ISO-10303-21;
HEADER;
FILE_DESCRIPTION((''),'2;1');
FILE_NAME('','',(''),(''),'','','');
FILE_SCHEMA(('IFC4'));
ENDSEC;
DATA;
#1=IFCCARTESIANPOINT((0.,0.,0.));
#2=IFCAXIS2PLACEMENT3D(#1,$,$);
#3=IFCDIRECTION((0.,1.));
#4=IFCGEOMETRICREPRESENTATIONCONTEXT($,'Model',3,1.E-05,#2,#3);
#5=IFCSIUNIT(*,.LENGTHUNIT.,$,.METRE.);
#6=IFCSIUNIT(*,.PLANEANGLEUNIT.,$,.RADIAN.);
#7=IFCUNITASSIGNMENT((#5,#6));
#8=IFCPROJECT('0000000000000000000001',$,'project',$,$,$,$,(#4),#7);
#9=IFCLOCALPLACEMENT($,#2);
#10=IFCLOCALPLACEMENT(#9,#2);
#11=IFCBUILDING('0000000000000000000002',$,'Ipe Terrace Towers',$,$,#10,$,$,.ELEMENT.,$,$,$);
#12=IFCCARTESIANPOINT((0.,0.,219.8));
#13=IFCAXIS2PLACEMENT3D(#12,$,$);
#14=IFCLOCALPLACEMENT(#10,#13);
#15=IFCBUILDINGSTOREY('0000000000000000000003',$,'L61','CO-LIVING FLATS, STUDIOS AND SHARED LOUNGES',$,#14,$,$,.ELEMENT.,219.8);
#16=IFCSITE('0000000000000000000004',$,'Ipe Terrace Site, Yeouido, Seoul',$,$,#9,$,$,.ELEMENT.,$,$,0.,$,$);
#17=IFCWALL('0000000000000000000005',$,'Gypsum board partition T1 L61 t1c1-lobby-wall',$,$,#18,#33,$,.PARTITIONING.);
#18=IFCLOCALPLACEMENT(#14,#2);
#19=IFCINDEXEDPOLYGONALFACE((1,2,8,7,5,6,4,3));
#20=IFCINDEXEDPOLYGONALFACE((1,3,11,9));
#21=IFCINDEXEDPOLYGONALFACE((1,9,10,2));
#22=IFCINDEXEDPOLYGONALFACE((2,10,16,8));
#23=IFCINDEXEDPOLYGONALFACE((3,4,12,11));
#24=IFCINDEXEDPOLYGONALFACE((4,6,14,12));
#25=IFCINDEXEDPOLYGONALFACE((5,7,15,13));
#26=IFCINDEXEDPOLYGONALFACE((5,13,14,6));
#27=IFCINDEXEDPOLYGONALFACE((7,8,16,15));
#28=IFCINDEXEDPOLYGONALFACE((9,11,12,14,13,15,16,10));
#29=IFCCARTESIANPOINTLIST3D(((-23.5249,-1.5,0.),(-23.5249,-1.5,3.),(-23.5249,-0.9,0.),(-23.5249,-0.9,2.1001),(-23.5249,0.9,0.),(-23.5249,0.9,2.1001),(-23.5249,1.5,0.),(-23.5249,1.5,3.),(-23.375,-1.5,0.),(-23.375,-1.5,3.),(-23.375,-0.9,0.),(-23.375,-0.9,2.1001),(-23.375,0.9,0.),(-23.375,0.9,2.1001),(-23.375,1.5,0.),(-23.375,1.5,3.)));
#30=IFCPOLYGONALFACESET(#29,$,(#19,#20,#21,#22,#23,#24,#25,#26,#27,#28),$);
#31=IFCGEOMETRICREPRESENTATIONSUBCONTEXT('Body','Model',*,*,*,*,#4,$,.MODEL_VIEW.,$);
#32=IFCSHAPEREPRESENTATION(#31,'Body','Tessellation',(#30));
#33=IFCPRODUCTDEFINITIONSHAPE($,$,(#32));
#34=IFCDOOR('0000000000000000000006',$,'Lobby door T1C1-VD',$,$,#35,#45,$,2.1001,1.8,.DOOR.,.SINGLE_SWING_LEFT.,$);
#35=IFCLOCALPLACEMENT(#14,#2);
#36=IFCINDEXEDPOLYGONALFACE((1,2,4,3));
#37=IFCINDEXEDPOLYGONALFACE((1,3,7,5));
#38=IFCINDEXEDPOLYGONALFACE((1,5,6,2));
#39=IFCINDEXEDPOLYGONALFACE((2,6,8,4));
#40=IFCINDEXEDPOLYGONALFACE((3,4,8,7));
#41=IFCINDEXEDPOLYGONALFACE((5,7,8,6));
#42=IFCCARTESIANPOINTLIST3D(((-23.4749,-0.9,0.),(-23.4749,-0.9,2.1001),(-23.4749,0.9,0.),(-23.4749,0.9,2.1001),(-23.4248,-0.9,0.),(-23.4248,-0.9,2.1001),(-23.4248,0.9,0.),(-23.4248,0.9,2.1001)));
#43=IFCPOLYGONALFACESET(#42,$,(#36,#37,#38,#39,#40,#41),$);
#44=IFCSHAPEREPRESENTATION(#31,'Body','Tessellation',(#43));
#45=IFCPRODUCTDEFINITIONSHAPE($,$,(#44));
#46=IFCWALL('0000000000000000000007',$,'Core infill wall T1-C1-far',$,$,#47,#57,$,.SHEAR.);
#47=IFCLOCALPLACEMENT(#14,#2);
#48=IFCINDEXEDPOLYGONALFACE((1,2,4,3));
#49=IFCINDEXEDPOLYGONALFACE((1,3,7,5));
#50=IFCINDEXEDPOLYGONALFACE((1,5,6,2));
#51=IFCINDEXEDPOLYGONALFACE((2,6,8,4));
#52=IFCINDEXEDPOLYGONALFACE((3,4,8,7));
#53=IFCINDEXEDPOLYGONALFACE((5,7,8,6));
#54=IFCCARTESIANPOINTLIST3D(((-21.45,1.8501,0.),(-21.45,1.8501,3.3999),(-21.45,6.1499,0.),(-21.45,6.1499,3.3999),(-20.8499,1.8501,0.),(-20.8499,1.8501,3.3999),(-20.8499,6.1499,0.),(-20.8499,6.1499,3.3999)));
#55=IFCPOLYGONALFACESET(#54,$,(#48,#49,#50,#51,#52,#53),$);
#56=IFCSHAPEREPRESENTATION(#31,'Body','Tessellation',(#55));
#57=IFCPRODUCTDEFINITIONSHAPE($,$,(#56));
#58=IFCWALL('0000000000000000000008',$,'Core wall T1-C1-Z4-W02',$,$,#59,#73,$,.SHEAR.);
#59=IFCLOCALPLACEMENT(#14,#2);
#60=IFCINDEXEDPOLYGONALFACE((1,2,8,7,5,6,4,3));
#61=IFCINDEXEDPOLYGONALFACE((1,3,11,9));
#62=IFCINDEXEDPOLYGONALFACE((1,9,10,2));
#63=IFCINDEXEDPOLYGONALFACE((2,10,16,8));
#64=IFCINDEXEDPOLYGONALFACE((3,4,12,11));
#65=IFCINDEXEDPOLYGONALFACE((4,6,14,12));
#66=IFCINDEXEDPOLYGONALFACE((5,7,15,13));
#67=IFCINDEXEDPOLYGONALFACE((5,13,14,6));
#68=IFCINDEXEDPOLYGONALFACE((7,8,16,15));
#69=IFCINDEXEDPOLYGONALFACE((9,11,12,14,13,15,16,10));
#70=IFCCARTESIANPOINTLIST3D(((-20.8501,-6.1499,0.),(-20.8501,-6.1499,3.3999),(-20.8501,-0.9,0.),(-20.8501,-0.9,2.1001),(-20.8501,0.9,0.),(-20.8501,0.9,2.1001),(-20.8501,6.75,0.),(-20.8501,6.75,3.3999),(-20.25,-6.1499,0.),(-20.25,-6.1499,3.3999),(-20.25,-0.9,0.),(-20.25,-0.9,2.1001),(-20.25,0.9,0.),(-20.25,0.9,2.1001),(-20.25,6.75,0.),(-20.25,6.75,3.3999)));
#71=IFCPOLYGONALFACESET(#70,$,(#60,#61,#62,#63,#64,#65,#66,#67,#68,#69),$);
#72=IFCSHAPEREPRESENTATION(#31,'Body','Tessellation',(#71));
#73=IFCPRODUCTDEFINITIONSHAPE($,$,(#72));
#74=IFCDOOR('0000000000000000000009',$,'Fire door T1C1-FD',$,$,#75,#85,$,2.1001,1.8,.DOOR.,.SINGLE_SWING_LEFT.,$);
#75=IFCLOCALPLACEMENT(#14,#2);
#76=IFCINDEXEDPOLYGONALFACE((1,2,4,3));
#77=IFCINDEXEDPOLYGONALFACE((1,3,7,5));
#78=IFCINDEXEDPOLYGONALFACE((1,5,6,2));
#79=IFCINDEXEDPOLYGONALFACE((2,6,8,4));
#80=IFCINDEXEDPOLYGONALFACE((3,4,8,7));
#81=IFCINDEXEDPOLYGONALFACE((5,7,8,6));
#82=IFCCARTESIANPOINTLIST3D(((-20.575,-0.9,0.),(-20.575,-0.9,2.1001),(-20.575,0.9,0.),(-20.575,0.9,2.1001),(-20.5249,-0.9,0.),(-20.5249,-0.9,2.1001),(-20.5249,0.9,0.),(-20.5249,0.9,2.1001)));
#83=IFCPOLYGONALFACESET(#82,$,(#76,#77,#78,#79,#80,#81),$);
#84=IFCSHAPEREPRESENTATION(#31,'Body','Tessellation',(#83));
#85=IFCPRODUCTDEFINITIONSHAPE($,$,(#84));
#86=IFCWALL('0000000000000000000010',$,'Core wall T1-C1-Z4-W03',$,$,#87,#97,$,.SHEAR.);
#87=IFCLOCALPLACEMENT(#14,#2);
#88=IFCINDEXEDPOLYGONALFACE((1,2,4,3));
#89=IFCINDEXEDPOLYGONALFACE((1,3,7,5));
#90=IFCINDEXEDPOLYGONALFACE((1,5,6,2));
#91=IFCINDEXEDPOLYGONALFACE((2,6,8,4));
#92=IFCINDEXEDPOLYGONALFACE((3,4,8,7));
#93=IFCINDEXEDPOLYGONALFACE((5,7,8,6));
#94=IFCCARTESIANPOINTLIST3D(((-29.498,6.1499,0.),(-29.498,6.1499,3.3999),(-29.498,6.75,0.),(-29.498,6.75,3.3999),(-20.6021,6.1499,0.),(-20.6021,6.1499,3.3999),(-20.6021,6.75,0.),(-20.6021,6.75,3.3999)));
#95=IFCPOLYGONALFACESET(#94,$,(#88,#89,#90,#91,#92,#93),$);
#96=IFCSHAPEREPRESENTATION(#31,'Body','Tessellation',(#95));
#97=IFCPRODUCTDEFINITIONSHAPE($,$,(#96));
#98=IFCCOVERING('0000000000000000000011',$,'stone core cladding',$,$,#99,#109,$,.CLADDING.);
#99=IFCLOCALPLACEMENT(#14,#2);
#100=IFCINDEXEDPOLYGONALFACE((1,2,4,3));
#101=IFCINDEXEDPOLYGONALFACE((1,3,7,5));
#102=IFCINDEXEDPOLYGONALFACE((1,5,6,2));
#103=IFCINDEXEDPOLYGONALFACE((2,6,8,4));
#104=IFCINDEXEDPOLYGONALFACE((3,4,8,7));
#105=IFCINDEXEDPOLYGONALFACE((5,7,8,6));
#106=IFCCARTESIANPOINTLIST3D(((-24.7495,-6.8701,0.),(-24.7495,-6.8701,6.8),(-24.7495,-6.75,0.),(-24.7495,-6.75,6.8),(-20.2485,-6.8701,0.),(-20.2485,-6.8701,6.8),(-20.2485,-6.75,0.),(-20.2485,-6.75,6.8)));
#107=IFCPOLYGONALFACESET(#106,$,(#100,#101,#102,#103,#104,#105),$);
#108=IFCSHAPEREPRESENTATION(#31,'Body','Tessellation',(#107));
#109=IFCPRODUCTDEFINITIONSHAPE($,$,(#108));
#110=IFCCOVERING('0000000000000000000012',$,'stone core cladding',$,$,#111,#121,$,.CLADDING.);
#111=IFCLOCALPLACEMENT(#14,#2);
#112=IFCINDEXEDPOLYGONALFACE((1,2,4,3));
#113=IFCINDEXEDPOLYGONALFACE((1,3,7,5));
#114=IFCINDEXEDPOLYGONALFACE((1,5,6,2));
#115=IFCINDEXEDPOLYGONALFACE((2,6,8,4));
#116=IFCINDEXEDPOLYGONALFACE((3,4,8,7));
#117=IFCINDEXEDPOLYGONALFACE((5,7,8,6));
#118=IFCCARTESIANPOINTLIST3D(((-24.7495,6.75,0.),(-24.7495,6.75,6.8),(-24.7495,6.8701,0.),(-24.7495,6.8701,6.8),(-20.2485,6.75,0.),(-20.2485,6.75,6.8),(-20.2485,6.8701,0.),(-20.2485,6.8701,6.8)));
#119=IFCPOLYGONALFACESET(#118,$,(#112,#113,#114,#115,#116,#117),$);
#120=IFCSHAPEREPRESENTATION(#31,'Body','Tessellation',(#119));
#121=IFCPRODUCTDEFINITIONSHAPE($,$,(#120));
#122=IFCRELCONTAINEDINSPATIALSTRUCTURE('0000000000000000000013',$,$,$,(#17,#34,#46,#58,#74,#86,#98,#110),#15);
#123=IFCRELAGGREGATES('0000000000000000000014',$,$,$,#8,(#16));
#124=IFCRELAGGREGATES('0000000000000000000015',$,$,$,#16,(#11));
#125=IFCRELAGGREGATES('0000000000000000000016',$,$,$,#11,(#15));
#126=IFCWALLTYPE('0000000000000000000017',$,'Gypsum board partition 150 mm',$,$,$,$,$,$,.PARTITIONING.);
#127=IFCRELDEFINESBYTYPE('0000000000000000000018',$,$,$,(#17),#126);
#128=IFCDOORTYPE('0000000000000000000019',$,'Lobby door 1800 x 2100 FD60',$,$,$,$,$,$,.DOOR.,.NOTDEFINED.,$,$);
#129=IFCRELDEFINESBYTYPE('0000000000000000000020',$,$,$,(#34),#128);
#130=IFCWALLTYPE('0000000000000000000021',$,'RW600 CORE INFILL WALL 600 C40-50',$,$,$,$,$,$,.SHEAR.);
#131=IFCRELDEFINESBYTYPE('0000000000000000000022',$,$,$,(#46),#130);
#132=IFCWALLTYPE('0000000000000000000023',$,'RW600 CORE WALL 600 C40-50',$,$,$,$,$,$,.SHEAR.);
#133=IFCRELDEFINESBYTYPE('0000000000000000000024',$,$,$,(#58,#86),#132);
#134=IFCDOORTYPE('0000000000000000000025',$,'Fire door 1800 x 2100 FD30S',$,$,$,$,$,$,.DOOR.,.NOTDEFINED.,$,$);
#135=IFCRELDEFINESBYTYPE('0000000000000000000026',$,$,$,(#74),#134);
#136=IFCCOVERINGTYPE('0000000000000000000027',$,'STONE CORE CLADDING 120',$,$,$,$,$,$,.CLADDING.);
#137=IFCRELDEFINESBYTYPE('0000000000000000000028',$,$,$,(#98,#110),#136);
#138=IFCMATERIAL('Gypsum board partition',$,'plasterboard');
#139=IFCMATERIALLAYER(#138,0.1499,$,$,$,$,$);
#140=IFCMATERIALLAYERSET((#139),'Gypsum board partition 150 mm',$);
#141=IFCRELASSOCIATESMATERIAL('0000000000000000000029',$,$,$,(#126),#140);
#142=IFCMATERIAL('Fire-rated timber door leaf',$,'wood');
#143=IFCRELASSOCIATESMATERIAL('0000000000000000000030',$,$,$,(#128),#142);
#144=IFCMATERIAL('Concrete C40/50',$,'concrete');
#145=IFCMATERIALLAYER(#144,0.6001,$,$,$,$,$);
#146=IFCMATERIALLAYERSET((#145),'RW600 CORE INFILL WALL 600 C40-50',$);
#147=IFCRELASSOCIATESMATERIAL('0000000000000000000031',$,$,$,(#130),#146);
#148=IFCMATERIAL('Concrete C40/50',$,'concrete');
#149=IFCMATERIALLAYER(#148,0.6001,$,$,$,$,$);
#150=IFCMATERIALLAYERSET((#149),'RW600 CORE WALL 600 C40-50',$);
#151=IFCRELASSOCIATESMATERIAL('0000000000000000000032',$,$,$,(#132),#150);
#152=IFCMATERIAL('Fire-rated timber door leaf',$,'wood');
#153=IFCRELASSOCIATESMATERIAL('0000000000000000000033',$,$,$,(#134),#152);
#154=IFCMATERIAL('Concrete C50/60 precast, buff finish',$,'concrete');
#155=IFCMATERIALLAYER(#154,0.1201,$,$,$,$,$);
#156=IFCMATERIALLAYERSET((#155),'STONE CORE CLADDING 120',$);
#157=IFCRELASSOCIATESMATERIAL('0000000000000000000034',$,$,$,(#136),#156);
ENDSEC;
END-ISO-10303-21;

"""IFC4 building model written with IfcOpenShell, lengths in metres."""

from ifc_helpers import new_model, si_unit, direction, frame, frame_2d, origin, origin_2d, place, context, subcontext, project, spatial, rectangle, extrude, material, layer, layer_set, type_object, element, fill, save


model = new_model("IFC4")

# Units and contexts
model_context = context("Model", 3, precision=1e-05, world=origin(), true_north=direction((0.0, 1.0)))
body_context = subcontext(model_context, "Body", "Model", "MODEL_VIEW")
ifc_project = project(units=[si_unit("LENGTHUNIT", "METRE"), si_unit("PLANEANGLEUNIT", "RADIAN")], contexts=[model_context])

# Site, building, storey
site_placement = place(None, origin())
site = spatial("IfcSite", under=ifc_project, at=site_placement, Name="Ipe Terrace Site, Yeouido, Seoul", CompositionType="ELEMENT", RefElevation=0.0)
building_placement = place(site_placement, origin())
building = spatial("IfcBuilding", under=site, at=building_placement, Name="Ipe Terrace Towers", CompositionType="ELEMENT")
storey_placement = place(building_placement, frame((0.0, 0.0, 219.8)))
storey = spatial("IfcBuildingStorey", under=building, at=storey_placement, Name="L61", Description="CO-LIVING FLATS, STUDIOS AND SHARED LOUNGES", CompositionType="ELEMENT", Elevation=219.8)

# Wall, opening, door
ifc_material_1 = material(Name="Gypsum board partition", Category="plasterboard")
ifc_layer_1 = layer(ifc_material_1, 0.1499)
ifc_layer_set_1 = layer_set([ifc_layer_1], Name="Gypsum board partition 150 mm")
wall_type_1 = type_object("IfcWallType", Name="Gypsum board partition 150 mm", PredefinedType="PARTITIONING", material=ifc_layer_set_1)
wall_1_placement = place(storey_placement, frame((-23.45, -1.5, 0.0), z_axis=(0.0, 0.0, 1.0), x_axis=(0.0, 1.0, 0.0)))
wall_1 = element("IfcWall", 1, at=wall_1_placement, inside=storey, type_object=wall_type_1, Name="Gypsum board partition T1 L61 t1c1-lobby-wall", PredefinedType="PARTITIONING", context=body_context, shape_type="SweptSolid", body=[
    extrude(rectangle(XDim=3.0, YDim=0.1499, at=frame_2d((1.5, 0.0))), origin(), (0.0, 0.0, 1.0), 3.0),
])
opening_1_placement = place(wall_1_placement, frame((0.6001, 0.0, 0.0)))
opening_1 = element("IfcOpeningElement", 2, at=opening_1_placement, cuts=wall_1, PredefinedType="OPENING", context=body_context, shape_type="SweptSolid", body=[
    extrude(rectangle(XDim=1.8, YDim=2.1001, at=frame_2d((0.8999, 1.05))), frame((0.0, 0.085, 0.0), z_axis=(0.0, -1.0, 0.0), x_axis=(1.0, 0.0, 0.0)), (0.0, 0.0, 1.0), 0.1699),
])
ifc_material_2 = material(Name="Fire-rated timber door leaf", Category="wood")
door_type_1 = type_object("IfcDoorType", Name="Lobby door 1800 x 2100 FD60", OperationType="NOTDEFINED", PredefinedType="DOOR", material=ifc_material_2)
door_1_placement = place(opening_1_placement, origin())
door_1 = element("IfcDoor", 3, at=door_1_placement, inside=storey, type_object=door_type_1, Name="Lobby door T1C1-VD", OperationType="SINGLE_SWING_LEFT", OverallHeight=2.1001, OverallWidth=1.8, PredefinedType="DOOR", context=body_context, shape_type="SweptSolid", body=[
    extrude(rectangle(XDim=1.8, YDim=2.1001, at=frame_2d((0.8999, 1.05))), frame((0.0, 0.0249, 0.0), z_axis=(0.0, -1.0, 0.0), x_axis=(1.0, 0.0, 0.0)), (0.0, 0.0, 1.0), 0.05),
])
fill(opening_1, door_1)

# Wall
ifc_material_3 = material(Name="Concrete C40/50", Category="concrete")
ifc_layer_2 = layer(ifc_material_3, 0.6001)
ifc_layer_set_2 = layer_set([ifc_layer_2], Name="RW600 CORE INFILL WALL 600 C40-50")
wall_type_2 = type_object("IfcWallType", Name="RW600 CORE INFILL WALL 600 C40-50", PredefinedType="SHEAR", material=ifc_layer_set_2)
wall_2_placement = place(storey_placement, frame((-21.1499, 1.8501, 0.0), z_axis=(0.0, 0.0, 1.0), x_axis=(0.0, 1.0, 0.0)))
element("IfcWall", 4, at=wall_2_placement, inside=storey, type_object=wall_type_2, Name="Core infill wall T1-C1-far", PredefinedType="SHEAR", context=body_context, shape_type="SweptSolid", body=[
    extrude(rectangle(XDim=4.2998, YDim=0.6001, at=frame_2d((2.1499, 0.0))), origin(), (0.0, 0.0, 1.0), 3.3999),
])

# Wall, opening, door
ifc_material_4 = material(Name="Concrete C40/50", Category="concrete")
ifc_layer_3 = layer(ifc_material_4, 0.6001)
ifc_layer_set_3 = layer_set([ifc_layer_3], Name="RW600 CORE WALL 600 C40-50")
wall_type_3 = type_object("IfcWallType", Name="RW600 CORE WALL 600 C40-50", PredefinedType="SHEAR", material=ifc_layer_set_3)
wall_3_placement = place(storey_placement, frame((-20.55, -6.1499, 0.0), z_axis=(0.0, 0.0, 1.0), x_axis=(0.0, 1.0, 0.0)))
wall_3 = element("IfcWall", 5, at=wall_3_placement, inside=storey, type_object=wall_type_3, Name="Core wall T1-C1-Z4-W02", PredefinedType="SHEAR", context=body_context, shape_type="SweptSolid", body=[
    extrude(rectangle(XDim=12.8999, YDim=0.6001, at=frame_2d((6.45, 0.0))), origin(), (0.0, 0.0, 1.0), 3.3999),
])
opening_2_placement = place(wall_3_placement, frame((5.25, 0.0, 0.0)))
opening_2 = element("IfcOpeningElement", 6, at=opening_2_placement, cuts=wall_3, PredefinedType="OPENING", context=body_context, shape_type="SweptSolid", body=[
    extrude(rectangle(XDim=1.8, YDim=2.1001, at=frame_2d((0.8999, 1.05))), frame((0.0, 0.3101, 0.0), z_axis=(0.0, -1.0, 0.0), x_axis=(1.0, 0.0, 0.0)), (0.0, 0.0, 1.0), 0.6201),
])
ifc_material_5 = material(Name="Fire-rated timber door leaf", Category="wood")
door_type_2 = type_object("IfcDoorType", Name="Fire door 1800 x 2100 FD30S", OperationType="NOTDEFINED", PredefinedType="DOOR", material=ifc_material_5)
door_2_placement = place(opening_2_placement, origin())
door_2 = element("IfcDoor", 7, at=door_2_placement, inside=storey, type_object=door_type_2, Name="Fire door T1C1-FD", OperationType="SINGLE_SWING_LEFT", OverallHeight=2.1001, OverallWidth=1.8, PredefinedType="DOOR", context=body_context, shape_type="SweptSolid", body=[
    extrude(rectangle(XDim=1.8, YDim=2.1001, at=frame_2d((0.8999, 1.05))), frame((0.0, 0.0249, 0.0), z_axis=(0.0, -1.0, 0.0), x_axis=(1.0, 0.0, 0.0)), (0.0, 0.0, 1.0), 0.05),
])
fill(opening_2, door_2)

# Wall
wall_4_placement = place(storey_placement, frame((-20.6021, 6.45, 0.0), z_axis=(0.0, 0.0, 1.0), x_axis=(-1.0, 0.0, 0.0)))
element("IfcWall", 8, at=wall_4_placement, inside=storey, type_object=wall_type_3, Name="Core wall T1-C1-Z4-W03", PredefinedType="SHEAR", context=body_context, shape_type="SweptSolid", body=[
    extrude(rectangle(XDim=8.896, YDim=0.6001, at=frame_2d((4.448, 0.0))), origin(), (0.0, 0.0, 1.0), 3.3999),
])

# Coverings
ifc_material_6 = material(Name="Concrete C50/60 precast, buff finish", Category="concrete")
ifc_layer_4 = layer(ifc_material_6, 0.1201)
ifc_layer_set_4 = layer_set([ifc_layer_4], Name="STONE CORE CLADDING 120")
covering_type = type_object("IfcCoveringType", Name="STONE CORE CLADDING 120", PredefinedType="CLADDING", material=ifc_layer_set_4)
for number, where, z_axis, x_axis, name in (
    (9, (-22.499, -6.8101, 0.0), (0.0, 0.0, 1.0), (1.0, 0.0, 0.0), "stone core cladding"),
    (10, (-22.499, 6.8101, 0.0), (0.0, 0.0, 1.0), (-1.0, 0.0, 0.0), "stone core cladding"),
):
    element("IfcCovering", number, at=place(storey_placement, frame(where, z_axis=z_axis, x_axis=x_axis)), inside=storey, type_object=covering_type, Name=name, PredefinedType="CLADDING", context=body_context, shape_type="SweptSolid", body=[
        extrude(rectangle(XDim=4.501, YDim=0.1201, at=origin_2d()), origin(), (0.0, 0.0, 1.0), 6.8),
    ])

save(model, "model.ifc")
